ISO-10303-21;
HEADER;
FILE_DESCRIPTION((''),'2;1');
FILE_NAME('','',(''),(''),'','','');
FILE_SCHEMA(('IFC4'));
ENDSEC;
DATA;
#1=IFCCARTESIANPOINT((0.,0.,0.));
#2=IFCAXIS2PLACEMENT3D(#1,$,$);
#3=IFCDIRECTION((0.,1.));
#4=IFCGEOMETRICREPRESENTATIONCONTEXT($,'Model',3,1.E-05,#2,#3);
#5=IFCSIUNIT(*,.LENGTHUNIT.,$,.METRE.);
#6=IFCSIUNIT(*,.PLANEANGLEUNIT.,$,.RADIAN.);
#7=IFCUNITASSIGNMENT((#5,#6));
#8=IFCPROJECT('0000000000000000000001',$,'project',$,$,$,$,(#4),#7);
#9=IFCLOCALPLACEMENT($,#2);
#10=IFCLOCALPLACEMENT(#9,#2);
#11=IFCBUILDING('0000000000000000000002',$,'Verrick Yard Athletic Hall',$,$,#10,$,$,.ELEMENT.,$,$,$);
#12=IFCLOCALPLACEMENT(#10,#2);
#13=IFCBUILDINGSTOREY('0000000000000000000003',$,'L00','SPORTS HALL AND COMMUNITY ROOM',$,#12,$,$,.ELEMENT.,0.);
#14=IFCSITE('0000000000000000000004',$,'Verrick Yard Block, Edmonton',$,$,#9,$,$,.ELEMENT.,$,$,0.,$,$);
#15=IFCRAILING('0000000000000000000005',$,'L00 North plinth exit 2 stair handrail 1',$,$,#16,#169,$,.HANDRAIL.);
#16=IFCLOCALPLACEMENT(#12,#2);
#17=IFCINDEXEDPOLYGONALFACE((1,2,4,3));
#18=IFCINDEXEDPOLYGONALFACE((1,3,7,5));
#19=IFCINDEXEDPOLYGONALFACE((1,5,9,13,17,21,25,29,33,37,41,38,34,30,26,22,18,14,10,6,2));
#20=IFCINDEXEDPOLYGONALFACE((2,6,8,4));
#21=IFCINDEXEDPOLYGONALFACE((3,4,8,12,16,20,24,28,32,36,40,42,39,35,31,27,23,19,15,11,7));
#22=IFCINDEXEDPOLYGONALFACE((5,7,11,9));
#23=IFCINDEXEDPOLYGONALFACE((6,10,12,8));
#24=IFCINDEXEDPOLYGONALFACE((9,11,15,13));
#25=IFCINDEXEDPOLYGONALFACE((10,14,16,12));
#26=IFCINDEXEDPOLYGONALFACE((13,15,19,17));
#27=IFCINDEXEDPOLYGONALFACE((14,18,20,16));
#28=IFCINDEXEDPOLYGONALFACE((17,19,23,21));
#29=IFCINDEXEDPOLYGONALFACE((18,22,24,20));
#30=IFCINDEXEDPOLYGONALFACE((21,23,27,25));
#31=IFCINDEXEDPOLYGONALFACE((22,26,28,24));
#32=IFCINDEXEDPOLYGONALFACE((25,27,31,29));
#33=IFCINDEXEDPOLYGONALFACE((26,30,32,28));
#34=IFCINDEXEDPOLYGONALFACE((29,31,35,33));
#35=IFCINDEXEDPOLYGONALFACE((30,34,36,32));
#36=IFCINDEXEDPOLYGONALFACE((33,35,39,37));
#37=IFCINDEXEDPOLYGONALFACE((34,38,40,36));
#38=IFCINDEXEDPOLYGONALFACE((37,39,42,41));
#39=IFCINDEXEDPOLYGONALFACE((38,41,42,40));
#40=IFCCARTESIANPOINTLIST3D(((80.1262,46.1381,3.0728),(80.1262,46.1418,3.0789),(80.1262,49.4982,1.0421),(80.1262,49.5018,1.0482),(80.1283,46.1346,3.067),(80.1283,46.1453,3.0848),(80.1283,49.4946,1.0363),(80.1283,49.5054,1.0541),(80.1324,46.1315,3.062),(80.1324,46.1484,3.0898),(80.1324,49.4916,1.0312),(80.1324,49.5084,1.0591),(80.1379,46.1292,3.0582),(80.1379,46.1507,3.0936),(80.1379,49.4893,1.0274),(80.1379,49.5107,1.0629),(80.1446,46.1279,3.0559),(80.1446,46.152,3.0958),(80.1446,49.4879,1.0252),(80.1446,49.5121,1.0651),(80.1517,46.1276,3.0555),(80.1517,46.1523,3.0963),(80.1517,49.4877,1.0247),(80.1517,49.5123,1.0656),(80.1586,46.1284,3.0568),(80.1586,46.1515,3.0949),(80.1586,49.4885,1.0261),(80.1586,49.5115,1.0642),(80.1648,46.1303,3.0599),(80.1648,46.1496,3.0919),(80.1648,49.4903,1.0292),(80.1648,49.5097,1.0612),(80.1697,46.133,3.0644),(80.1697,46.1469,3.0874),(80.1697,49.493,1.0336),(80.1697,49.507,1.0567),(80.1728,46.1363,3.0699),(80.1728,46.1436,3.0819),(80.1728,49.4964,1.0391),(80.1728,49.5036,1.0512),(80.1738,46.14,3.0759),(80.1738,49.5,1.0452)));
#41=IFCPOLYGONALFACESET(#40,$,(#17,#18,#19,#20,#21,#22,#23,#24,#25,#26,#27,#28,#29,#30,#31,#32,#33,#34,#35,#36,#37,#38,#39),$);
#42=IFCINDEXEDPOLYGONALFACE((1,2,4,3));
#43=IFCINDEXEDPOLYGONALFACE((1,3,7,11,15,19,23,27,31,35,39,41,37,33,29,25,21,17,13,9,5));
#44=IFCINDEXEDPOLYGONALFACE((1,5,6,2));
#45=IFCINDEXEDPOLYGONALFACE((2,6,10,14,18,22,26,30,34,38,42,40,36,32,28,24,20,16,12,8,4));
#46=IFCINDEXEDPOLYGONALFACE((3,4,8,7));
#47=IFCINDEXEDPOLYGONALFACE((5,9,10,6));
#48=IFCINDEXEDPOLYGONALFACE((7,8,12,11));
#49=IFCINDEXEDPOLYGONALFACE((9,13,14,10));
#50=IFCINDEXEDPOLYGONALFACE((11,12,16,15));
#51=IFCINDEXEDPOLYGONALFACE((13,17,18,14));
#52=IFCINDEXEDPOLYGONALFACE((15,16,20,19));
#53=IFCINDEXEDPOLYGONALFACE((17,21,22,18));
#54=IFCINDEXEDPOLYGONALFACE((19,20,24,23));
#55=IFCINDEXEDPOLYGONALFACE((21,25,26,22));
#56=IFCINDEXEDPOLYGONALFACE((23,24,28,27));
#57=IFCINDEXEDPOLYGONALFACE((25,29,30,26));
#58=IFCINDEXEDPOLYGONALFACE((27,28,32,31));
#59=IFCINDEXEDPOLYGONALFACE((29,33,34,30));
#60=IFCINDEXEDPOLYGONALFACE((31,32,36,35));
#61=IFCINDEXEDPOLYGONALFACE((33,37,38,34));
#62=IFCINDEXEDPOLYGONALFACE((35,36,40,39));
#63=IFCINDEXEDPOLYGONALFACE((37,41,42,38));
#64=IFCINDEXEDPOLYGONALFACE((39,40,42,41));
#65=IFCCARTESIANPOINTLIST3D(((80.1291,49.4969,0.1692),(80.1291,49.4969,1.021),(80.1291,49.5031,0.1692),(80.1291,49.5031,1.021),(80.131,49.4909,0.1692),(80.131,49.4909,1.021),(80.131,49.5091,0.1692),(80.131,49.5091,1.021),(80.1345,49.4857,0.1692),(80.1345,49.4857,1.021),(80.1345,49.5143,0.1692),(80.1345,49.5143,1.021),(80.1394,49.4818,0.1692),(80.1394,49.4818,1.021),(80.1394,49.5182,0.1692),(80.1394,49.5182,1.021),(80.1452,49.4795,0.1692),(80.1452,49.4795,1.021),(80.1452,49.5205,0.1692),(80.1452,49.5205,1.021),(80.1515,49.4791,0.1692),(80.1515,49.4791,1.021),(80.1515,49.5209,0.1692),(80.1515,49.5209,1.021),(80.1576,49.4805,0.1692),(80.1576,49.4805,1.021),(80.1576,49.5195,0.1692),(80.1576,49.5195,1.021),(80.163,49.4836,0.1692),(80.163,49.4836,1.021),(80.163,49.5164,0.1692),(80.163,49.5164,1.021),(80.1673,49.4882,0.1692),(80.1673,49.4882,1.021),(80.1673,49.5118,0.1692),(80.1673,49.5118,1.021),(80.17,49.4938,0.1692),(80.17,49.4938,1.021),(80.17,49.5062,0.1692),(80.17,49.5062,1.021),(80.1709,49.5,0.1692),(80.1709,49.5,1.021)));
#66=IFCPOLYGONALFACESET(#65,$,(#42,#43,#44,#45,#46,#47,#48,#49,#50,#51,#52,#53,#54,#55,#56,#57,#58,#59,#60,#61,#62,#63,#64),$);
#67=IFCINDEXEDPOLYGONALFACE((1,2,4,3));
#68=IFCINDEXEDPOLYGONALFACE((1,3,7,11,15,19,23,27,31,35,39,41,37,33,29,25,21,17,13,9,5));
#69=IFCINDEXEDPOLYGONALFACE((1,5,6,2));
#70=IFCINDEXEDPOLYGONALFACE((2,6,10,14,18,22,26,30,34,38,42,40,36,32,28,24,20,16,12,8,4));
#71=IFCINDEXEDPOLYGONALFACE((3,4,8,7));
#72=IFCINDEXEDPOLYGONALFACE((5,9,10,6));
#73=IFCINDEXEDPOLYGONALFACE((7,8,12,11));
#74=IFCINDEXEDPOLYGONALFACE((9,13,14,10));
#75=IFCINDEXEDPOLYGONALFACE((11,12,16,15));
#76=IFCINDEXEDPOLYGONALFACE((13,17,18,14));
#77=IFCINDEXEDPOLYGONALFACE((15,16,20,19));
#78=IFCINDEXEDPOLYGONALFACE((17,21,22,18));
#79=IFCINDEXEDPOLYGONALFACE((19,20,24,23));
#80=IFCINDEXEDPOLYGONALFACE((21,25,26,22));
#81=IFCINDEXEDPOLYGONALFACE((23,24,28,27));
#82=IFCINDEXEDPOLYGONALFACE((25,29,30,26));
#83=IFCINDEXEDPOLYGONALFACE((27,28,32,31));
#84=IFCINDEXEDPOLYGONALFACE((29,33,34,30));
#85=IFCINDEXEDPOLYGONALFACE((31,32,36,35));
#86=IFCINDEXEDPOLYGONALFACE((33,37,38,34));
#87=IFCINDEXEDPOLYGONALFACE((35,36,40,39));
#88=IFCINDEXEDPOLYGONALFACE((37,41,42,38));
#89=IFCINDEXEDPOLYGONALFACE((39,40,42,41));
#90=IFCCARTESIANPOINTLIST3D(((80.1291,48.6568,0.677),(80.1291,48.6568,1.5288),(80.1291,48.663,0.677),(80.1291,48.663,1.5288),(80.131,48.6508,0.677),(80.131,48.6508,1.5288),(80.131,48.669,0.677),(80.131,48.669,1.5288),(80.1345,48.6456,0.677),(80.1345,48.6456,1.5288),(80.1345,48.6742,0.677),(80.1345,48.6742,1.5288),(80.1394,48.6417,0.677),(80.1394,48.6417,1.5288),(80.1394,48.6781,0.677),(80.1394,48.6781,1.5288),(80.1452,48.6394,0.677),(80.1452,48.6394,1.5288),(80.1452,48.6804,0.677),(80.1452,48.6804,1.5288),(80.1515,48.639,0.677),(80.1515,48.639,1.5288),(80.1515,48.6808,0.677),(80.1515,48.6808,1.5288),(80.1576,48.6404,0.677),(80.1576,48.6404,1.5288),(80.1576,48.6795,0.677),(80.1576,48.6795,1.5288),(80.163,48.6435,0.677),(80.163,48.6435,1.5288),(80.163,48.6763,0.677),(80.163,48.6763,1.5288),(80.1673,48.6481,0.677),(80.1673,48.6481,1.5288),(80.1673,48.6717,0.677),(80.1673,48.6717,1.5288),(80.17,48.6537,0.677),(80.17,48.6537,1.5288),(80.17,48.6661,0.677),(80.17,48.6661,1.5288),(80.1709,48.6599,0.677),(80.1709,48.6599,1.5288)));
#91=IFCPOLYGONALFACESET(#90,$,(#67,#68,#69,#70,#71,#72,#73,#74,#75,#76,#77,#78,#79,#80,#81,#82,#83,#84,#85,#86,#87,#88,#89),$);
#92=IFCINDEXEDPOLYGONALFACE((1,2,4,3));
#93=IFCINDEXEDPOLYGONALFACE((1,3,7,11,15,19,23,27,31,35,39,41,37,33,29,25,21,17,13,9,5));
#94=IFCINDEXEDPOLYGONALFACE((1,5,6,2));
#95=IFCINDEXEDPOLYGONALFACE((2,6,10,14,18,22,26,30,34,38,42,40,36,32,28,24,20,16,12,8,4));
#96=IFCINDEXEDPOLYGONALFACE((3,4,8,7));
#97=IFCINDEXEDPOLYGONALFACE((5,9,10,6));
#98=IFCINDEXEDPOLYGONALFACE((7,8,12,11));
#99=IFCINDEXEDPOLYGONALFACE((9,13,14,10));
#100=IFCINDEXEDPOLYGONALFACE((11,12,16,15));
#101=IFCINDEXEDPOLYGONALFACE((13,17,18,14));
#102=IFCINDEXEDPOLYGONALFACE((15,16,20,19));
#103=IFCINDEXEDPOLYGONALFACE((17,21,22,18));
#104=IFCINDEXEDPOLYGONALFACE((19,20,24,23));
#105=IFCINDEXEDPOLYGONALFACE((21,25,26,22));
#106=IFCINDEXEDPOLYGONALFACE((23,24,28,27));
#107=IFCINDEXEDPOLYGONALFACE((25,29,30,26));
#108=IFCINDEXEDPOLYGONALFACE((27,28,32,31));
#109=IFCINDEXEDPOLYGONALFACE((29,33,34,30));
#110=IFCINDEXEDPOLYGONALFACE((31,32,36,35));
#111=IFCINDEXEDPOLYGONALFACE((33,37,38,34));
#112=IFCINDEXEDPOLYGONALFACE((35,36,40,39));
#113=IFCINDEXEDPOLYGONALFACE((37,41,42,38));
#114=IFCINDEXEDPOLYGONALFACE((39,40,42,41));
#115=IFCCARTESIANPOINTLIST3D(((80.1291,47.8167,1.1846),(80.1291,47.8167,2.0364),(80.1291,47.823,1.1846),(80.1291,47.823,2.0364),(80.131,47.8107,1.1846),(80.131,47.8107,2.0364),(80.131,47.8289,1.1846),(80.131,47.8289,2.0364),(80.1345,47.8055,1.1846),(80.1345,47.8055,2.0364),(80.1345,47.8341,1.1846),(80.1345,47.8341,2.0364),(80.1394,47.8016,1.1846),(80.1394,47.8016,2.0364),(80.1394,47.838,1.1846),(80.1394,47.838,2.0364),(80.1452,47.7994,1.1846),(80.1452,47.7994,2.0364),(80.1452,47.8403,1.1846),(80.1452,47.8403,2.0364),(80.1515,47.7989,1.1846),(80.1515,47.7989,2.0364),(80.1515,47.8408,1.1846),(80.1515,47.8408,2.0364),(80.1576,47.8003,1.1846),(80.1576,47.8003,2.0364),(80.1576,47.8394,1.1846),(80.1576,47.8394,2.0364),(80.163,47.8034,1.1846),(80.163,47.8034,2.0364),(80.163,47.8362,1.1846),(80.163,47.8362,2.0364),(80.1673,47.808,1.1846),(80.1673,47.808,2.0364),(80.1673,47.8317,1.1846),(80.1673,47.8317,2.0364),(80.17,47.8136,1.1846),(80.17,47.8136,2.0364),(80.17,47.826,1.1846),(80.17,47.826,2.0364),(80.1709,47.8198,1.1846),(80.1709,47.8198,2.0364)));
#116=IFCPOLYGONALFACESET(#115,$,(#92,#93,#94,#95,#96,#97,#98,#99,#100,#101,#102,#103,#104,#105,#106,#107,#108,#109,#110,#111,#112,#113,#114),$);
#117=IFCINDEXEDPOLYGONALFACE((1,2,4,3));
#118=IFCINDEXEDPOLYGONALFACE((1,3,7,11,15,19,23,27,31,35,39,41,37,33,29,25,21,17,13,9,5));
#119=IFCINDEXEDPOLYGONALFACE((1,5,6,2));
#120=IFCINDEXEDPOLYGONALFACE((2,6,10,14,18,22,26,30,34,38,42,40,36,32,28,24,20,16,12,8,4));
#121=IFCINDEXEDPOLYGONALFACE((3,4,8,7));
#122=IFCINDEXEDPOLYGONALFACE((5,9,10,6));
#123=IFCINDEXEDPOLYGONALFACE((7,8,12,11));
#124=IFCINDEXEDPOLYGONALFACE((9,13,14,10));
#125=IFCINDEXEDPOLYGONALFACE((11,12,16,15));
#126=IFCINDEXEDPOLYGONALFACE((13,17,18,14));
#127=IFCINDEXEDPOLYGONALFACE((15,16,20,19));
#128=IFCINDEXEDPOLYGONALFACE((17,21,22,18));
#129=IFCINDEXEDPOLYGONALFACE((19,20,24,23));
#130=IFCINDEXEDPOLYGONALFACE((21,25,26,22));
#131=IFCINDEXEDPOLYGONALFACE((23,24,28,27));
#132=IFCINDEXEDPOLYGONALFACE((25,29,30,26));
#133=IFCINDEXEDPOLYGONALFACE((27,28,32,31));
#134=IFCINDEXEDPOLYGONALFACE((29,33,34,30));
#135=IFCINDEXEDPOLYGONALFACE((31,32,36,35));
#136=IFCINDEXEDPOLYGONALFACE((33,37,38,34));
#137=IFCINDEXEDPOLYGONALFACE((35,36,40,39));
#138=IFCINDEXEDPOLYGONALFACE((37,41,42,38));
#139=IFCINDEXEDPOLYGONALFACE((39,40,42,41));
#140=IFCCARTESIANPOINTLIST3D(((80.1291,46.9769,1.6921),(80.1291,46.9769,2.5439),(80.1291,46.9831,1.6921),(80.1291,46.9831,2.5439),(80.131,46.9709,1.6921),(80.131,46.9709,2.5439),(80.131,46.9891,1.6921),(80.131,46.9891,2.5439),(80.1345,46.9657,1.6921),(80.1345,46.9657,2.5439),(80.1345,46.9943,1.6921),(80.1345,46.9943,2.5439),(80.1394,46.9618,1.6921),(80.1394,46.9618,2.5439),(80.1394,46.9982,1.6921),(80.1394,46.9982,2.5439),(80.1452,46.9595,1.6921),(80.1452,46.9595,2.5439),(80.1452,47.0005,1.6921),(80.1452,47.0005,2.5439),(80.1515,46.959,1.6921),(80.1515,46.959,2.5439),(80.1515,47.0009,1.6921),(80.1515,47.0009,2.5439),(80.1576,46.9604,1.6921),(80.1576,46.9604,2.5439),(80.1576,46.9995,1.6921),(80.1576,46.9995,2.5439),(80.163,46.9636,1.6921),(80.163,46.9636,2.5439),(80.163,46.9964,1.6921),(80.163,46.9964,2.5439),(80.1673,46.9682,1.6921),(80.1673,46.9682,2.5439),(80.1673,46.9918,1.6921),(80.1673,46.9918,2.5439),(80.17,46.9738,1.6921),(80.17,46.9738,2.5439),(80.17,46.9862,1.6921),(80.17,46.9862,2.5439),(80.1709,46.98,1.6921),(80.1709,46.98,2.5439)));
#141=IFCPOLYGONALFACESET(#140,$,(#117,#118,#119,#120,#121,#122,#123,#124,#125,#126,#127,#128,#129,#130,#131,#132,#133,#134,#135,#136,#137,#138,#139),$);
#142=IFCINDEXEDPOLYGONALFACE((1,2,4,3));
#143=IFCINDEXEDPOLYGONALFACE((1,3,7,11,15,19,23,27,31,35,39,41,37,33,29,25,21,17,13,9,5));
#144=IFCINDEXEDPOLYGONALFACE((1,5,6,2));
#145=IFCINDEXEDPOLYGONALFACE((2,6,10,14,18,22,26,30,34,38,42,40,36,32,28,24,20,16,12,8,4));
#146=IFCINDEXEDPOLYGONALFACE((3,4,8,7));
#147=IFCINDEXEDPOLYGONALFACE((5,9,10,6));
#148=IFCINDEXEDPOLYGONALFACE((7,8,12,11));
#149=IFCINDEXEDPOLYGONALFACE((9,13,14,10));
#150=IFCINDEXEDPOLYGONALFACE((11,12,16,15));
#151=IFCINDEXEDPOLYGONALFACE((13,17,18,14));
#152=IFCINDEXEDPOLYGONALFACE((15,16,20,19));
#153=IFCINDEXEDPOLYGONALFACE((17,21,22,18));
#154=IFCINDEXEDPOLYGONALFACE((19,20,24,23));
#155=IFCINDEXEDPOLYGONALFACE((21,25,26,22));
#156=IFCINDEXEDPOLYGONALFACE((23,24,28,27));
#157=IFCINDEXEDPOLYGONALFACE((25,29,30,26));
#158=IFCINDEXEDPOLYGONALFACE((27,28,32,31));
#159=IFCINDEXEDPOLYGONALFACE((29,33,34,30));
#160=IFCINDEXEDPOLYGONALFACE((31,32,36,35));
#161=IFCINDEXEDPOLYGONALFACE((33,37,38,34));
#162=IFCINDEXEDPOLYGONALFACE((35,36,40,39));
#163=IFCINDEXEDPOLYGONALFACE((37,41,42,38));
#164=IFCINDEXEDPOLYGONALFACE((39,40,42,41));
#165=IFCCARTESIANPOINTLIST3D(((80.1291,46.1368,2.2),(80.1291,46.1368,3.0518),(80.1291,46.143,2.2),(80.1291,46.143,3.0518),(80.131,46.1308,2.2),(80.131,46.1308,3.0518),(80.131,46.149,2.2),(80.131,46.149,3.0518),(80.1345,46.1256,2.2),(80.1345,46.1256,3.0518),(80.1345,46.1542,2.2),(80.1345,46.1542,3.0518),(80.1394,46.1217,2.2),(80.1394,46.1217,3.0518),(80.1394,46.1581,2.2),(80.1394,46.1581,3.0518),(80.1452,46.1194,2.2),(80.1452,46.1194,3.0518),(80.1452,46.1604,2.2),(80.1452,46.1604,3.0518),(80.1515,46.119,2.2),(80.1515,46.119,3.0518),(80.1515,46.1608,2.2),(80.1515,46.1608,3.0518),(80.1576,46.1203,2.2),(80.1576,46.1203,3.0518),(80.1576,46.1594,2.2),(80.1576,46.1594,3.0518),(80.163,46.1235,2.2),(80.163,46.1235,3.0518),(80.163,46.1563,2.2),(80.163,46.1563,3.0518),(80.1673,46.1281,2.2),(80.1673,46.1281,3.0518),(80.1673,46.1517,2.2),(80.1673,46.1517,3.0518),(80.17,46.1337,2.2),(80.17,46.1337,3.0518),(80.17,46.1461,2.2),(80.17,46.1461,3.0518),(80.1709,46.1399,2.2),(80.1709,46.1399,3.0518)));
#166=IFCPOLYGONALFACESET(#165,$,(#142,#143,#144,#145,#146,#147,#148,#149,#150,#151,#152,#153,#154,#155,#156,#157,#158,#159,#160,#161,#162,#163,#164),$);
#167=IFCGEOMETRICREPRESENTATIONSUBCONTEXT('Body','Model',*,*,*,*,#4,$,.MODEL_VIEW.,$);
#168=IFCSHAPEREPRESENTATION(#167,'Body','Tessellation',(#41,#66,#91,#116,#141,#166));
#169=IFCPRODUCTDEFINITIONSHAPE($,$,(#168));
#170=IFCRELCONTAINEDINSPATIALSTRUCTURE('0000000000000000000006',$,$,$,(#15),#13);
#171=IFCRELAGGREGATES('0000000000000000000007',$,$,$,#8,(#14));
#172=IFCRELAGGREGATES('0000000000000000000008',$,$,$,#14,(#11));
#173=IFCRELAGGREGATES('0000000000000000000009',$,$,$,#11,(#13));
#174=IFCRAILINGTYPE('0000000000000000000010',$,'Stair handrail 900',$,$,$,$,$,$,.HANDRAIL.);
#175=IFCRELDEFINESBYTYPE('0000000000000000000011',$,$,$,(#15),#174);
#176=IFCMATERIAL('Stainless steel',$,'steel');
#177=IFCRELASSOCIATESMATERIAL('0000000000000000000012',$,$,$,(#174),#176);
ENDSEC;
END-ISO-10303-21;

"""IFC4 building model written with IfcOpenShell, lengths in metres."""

from ifc_helpers import new_model, si_unit, direction, frame, origin, origin_2d, place, context, subcontext, project, spatial, circle, extrude, material, type_object, element, save


model = new_model("IFC4")

# Units and contexts
model_context = context("Model", 3, precision=1e-05, world=origin(), true_north=direction((0.0, 1.0)))
body_context = subcontext(model_context, "Body", "Model", "MODEL_VIEW")
ifc_project = project(units=[si_unit("LENGTHUNIT", "METRE"), si_unit("PLANEANGLEUNIT", "RADIAN")], contexts=[model_context])

# Site, building, storey
site_placement = place(None, origin())
site = spatial("IfcSite", under=ifc_project, at=site_placement, Name="Verrick Yard Block, Edmonton", CompositionType="ELEMENT", RefElevation=0.0)
building_placement = place(site_placement, origin())
building = spatial("IfcBuilding", under=site, at=building_placement, Name="Verrick Yard Athletic Hall", CompositionType="ELEMENT")
storey_placement = place(building_placement, origin())
storey = spatial("IfcBuildingStorey", under=building, at=storey_placement, Name="L00", Description="SPORTS HALL AND COMMUNITY ROOM", CompositionType="ELEMENT", Elevation=0.0)

# Railing
ifc_material_1 = material(Name="Stainless steel", Category="steel")
railing_type_1 = type_object("IfcRailingType", Name="Stair handrail 900", PredefinedType="HANDRAIL", material=ifc_material_1)
railing_1_placement = place(storey_placement, frame((80.1499, 49.5, 0.1692)))
element("IfcRailing", 1, at=railing_1_placement, inside=storey, type_object=railing_type_1, Name="L00 North plinth exit 2 stair handrail 1", PredefinedType="HANDRAIL", context=body_context, shape_type="SweptSolid", body=[
    extrude(circle(Radius=0.0239, at=origin_2d()), frame((0.0, 0.0, 0.876), z_axis=(0.0, -0.855837, 0.517246), x_axis=(1.0, 0.0, 0.0)), (0.0, 0.0, 1.0), 3.926),
    extrude(circle(Radius=0.021, at=origin_2d()), origin(), (0.0, 0.0, 1.0), 0.8518),
    extrude(circle(Radius=0.021, at=origin_2d()), frame((0.0, -0.8401, 0.5078)), (0.0, 0.0, 1.0), 0.8518),
    extrude(circle(Radius=0.021, at=origin_2d()), frame((0.0, -1.6802, 1.0154)), (0.0, 0.0, 1.0), 0.8518),
    extrude(circle(Radius=0.021, at=origin_2d()), frame((0.0, -2.52, 1.5229)), (0.0, 0.0, 1.0), 0.8518),
    extrude(circle(Radius=0.021, at=origin_2d()), frame((0.0, -3.3601, 2.0308)), (0.0, 0.0, 1.0), 0.8518),
])

save(model, "model.ifc")
